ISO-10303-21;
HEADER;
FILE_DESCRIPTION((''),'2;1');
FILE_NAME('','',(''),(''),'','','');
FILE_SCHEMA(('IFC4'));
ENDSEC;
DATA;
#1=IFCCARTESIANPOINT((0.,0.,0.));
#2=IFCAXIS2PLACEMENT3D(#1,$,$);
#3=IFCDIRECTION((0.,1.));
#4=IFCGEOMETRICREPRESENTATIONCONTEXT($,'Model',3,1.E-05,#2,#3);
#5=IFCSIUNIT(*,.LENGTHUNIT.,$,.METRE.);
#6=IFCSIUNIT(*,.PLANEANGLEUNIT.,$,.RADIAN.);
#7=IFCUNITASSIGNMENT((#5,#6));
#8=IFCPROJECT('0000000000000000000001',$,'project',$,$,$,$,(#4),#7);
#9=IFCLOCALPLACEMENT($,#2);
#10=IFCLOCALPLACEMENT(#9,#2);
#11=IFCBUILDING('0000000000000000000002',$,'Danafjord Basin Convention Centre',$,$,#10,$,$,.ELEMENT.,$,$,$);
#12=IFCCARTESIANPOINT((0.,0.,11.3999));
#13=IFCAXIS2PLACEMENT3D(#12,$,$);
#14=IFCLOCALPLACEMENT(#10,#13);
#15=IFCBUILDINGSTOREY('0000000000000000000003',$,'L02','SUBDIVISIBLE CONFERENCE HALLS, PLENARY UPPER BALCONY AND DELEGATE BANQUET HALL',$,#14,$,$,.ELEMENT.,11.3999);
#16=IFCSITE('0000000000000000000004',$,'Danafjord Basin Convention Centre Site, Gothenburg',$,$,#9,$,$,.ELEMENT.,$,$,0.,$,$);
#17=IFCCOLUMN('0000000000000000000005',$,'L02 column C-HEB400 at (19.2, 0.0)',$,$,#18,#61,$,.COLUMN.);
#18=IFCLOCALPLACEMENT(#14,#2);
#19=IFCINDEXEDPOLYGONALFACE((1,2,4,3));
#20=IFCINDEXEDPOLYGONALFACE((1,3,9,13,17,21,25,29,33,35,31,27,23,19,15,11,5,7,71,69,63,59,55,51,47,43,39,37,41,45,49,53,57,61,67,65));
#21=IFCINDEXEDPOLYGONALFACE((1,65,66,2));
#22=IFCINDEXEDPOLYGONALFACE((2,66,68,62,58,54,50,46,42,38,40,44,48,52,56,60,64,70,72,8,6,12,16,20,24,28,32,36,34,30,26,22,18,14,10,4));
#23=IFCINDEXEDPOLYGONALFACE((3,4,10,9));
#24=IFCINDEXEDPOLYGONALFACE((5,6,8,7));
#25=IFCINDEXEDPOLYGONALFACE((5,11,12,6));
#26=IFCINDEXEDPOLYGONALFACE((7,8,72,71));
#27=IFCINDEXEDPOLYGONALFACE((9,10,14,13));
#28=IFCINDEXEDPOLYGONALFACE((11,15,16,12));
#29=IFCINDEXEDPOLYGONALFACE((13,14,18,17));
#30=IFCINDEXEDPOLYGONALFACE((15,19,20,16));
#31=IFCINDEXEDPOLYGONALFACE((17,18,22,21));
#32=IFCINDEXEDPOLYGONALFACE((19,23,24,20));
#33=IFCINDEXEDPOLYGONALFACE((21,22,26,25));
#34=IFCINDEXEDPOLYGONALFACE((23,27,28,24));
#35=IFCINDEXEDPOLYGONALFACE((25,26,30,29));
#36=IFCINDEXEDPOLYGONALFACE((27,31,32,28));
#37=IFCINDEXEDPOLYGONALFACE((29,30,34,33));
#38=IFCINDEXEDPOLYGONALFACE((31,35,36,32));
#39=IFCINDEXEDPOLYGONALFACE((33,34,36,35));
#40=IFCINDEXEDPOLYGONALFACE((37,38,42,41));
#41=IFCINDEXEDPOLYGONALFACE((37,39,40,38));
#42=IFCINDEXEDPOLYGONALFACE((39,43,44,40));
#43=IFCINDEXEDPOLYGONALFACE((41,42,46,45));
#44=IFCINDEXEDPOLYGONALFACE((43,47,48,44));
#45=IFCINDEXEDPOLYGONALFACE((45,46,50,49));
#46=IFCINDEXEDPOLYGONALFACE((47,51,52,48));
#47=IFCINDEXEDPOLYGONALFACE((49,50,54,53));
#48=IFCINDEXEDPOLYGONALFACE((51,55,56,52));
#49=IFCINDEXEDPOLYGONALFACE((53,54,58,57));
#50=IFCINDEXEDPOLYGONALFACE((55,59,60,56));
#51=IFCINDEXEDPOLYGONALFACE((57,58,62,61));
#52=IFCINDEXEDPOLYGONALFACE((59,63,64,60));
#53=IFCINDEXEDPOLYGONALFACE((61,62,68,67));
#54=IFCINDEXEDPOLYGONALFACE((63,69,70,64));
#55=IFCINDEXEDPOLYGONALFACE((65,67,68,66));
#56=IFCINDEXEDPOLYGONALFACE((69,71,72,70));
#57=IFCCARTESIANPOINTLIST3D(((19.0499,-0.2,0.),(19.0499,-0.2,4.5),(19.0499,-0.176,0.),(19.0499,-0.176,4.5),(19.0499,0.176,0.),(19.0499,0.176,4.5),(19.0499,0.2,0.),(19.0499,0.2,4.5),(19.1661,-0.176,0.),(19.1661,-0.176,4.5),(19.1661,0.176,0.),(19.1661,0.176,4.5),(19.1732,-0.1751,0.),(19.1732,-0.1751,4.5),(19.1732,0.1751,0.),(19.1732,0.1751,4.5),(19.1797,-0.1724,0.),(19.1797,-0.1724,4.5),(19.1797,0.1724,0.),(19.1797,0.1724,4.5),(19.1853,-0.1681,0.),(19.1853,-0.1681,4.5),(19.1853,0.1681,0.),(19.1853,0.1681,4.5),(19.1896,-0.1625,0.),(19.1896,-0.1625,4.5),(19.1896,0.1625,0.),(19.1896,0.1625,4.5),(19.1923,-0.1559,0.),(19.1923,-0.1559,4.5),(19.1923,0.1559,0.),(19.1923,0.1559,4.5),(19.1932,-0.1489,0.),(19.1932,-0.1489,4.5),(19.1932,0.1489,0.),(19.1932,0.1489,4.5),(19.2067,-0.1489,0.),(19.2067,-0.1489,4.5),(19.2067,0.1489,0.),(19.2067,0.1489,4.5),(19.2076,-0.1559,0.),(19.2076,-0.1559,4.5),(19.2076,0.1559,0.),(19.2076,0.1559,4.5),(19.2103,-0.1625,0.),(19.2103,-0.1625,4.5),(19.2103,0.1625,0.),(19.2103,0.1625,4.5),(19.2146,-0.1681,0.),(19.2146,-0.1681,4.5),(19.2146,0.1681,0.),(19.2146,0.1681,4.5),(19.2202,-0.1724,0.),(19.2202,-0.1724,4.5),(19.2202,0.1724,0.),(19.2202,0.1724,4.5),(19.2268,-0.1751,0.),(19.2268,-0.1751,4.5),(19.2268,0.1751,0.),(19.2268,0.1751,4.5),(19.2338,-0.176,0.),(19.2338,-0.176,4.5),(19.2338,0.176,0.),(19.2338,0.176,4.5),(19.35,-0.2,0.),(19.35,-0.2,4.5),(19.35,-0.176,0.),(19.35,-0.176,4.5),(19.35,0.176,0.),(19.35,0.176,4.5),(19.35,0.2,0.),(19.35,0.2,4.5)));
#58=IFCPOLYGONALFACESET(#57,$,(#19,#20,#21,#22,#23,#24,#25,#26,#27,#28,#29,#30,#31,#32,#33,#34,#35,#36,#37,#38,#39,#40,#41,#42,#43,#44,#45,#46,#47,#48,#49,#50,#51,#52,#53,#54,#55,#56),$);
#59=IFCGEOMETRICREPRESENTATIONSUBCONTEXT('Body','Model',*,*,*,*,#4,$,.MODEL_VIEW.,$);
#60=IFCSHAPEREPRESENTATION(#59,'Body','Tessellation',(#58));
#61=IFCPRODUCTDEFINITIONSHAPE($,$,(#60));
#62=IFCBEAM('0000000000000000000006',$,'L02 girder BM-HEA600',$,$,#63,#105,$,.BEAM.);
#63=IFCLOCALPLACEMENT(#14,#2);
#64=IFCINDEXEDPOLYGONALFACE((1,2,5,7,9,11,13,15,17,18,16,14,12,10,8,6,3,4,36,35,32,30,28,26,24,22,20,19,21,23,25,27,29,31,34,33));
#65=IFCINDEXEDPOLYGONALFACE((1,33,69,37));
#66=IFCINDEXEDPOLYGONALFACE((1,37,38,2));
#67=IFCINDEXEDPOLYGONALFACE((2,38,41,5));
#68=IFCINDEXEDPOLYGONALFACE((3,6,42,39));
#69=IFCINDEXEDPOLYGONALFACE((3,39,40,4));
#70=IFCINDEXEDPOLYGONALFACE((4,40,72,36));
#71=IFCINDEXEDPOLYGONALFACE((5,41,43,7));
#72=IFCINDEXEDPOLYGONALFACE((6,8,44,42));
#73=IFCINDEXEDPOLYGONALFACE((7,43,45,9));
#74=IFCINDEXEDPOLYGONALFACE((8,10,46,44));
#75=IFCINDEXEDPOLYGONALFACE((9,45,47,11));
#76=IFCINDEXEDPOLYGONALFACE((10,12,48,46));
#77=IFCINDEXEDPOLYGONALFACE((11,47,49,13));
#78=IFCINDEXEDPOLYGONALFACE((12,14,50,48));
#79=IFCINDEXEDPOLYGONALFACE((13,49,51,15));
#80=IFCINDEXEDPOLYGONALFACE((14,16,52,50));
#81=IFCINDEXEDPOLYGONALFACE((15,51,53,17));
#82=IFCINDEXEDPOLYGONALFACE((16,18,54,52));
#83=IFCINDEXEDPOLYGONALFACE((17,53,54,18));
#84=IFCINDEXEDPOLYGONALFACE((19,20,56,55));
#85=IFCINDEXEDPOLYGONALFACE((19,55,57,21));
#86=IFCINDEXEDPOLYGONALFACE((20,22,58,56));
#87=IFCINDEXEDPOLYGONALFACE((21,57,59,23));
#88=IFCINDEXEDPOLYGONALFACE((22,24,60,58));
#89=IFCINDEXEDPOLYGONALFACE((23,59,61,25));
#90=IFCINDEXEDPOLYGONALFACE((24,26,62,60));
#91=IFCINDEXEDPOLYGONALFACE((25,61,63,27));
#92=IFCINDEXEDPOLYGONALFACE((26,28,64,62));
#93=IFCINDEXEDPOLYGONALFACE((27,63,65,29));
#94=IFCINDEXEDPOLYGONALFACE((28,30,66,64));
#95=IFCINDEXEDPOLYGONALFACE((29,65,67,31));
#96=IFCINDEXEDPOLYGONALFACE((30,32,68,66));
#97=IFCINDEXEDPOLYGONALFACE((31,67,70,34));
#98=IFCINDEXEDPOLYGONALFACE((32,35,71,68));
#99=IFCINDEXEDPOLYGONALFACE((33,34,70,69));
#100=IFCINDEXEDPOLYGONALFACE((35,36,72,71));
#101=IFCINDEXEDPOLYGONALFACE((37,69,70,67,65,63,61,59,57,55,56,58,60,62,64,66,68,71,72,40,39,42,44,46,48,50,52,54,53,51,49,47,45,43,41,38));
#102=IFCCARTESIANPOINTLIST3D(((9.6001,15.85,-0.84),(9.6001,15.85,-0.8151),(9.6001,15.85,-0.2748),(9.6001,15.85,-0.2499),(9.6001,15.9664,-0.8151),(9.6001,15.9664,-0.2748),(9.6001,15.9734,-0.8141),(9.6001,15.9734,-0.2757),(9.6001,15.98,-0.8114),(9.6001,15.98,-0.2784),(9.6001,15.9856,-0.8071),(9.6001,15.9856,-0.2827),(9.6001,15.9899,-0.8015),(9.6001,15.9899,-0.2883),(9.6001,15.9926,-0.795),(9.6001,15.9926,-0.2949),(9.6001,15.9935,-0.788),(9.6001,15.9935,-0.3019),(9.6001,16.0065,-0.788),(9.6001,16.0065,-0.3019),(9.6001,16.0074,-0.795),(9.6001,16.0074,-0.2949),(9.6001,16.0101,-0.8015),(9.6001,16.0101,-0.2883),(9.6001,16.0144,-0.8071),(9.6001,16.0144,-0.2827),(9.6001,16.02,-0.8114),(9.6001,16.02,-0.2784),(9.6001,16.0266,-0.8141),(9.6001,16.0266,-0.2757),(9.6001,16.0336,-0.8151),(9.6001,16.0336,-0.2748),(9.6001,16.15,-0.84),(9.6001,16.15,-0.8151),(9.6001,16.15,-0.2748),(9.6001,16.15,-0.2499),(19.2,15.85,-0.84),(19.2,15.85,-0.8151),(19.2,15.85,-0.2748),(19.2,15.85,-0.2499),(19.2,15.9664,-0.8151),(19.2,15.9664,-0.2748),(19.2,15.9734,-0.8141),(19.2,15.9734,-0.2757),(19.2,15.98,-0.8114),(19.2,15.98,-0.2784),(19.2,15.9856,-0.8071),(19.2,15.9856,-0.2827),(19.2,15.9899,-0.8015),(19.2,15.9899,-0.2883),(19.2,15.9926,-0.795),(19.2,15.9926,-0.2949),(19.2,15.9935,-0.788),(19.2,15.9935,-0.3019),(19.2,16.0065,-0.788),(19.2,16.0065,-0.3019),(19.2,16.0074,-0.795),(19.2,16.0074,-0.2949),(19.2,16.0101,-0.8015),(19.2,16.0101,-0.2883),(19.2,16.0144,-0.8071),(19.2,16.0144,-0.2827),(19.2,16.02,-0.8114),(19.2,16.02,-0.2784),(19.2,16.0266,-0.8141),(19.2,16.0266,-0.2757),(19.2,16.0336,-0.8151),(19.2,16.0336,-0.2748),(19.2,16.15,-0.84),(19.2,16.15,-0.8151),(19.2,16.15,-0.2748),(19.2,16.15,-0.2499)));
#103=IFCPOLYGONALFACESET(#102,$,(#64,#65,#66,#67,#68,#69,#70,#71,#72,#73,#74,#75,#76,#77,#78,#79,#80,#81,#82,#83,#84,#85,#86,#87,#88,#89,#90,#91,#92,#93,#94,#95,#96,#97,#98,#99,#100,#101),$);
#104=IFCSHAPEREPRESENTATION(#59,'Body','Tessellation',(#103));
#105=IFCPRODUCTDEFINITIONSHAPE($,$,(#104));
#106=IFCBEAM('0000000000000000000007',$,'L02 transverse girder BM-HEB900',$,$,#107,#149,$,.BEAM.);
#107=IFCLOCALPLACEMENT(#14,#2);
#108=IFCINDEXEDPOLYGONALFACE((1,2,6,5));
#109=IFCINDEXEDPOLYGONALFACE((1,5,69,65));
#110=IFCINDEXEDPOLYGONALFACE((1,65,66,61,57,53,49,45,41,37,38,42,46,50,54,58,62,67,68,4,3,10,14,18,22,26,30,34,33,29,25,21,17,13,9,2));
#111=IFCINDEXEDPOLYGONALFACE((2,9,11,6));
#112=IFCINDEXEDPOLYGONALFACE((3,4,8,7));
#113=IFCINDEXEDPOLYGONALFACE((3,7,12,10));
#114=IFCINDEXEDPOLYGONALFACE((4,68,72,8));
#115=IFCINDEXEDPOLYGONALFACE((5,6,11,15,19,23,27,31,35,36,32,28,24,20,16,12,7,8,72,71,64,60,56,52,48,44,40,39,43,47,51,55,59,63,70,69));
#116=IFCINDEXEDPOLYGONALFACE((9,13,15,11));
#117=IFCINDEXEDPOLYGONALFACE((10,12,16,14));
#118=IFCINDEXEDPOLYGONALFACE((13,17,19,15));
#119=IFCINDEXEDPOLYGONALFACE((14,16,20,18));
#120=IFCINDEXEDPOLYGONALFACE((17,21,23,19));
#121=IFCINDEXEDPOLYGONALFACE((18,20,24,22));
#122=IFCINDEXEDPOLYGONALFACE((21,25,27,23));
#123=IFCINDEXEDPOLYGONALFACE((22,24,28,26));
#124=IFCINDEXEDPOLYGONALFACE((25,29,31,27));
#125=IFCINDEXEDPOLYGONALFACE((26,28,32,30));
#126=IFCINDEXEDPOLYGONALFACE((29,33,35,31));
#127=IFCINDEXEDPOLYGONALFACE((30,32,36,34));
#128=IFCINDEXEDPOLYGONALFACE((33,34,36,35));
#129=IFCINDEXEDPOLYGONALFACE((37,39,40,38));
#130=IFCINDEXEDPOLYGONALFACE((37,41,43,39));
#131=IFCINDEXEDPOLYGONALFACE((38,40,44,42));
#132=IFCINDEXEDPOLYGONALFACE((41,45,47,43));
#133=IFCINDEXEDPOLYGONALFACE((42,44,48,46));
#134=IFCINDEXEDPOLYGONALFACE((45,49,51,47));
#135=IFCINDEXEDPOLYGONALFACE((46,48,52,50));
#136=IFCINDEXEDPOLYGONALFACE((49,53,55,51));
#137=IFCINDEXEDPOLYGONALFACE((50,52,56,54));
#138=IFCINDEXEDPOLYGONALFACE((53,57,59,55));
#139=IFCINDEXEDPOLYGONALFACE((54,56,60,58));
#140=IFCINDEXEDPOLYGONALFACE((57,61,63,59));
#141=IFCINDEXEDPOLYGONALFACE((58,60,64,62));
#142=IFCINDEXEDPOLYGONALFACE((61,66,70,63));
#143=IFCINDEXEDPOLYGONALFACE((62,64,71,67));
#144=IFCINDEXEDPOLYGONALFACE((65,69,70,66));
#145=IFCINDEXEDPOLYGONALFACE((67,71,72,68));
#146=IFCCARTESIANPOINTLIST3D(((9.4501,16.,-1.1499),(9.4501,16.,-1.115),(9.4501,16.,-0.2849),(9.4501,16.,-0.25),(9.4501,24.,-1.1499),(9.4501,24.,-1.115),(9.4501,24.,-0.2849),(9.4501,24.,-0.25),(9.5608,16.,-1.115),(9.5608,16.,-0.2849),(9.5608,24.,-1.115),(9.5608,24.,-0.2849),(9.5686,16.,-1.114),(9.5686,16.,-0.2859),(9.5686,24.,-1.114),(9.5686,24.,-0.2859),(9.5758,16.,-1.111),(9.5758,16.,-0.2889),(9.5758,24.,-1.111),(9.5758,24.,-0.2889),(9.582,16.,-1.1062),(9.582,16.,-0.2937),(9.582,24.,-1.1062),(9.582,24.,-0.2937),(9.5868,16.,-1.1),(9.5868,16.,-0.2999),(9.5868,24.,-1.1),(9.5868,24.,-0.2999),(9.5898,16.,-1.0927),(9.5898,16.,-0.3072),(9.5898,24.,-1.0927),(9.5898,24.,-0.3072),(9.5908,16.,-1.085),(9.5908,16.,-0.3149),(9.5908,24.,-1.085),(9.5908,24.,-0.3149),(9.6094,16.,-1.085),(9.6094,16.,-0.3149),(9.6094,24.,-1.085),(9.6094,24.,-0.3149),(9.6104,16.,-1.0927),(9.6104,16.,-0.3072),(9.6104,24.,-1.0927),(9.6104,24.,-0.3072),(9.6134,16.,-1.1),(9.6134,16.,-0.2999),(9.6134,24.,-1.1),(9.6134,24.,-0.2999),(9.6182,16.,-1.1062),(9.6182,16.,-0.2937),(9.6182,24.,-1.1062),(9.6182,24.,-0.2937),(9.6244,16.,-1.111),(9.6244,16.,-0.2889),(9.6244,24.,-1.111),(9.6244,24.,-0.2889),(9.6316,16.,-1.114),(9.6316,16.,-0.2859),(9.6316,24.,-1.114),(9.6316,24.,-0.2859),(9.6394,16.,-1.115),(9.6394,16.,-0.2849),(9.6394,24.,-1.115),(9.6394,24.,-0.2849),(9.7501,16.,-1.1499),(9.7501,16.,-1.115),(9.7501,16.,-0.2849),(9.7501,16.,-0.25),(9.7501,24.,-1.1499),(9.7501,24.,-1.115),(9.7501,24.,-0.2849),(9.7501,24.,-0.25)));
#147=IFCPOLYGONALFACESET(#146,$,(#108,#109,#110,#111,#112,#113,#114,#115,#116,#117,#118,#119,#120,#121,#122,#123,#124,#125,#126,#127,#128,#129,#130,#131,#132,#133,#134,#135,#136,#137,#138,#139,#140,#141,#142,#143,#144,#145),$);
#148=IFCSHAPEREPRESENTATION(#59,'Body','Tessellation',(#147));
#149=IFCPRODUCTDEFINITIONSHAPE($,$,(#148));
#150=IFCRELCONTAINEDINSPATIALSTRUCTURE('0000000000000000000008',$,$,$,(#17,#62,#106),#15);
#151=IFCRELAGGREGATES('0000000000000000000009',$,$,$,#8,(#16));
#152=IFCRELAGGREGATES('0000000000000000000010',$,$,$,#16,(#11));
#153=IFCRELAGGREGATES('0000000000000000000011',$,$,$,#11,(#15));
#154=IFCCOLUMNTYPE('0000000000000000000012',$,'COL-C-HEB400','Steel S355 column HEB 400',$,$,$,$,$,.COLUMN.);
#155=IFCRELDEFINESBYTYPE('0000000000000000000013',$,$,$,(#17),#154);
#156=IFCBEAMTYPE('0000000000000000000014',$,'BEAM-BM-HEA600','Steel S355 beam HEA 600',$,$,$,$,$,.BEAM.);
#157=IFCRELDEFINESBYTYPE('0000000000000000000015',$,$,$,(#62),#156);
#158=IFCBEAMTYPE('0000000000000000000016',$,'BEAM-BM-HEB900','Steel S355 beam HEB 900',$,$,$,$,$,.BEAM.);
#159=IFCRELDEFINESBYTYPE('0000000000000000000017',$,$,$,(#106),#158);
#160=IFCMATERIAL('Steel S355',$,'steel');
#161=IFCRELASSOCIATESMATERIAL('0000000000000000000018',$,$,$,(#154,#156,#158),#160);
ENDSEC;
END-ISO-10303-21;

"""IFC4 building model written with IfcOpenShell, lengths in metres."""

from ifc_helpers import new_model, si_unit, direction, frame, origin, origin_2d, place, context, subcontext, project, spatial, i_section, extrude, material, material_profile, profile_set, type_object, element, save


model = new_model("IFC4")

# Units and contexts
model_context = context("Model", 3, precision=1e-05, world=origin(), true_north=direction((0.0, 1.0)))
body_context = subcontext(model_context, "Body", "Model", "MODEL_VIEW")
ifc_project = project(units=[si_unit("LENGTHUNIT", "METRE"), si_unit("PLANEANGLEUNIT", "RADIAN")], contexts=[model_context])

# Site, building, storey
site_placement = place(None, origin())
site = spatial("IfcSite", under=ifc_project, at=site_placement, Name="Danafjord Basin Convention Centre Site, Gothenburg", CompositionType="ELEMENT", RefElevation=0.0)
building_placement = place(site_placement, origin())
building = spatial("IfcBuilding", under=site, at=building_placement, Name="Danafjord Basin Convention Centre", CompositionType="ELEMENT")
storey_placement = place(building_placement, frame((0.0, 0.0, 11.3999)))
storey = spatial("IfcBuildingStorey", under=building, at=storey_placement, Name="L02", Description="SUBDIVISIBLE CONFERENCE HALLS, PLENARY UPPER BALCONY AND DELEGATE BANQUET HALL", CompositionType="ELEMENT", Elevation=11.3999)

# Column
ifc_material_1 = material(Name="Steel S355", Category="steel")
ifc_material_profile_1 = material_profile(ifc_material_1, i_section(OverallWidth=0.3, OverallDepth=0.3999, WebThickness=0.0134, FlangeThickness=0.0239, FilletRadius=0.0271, at=origin_2d()), Name="HEB 400")
ifc_profile_set_1 = profile_set([ifc_material_profile_1], Name="Steel S355")
column_type = type_object("IfcColumnType", Name="COL-C-HEB400", Description="Steel S355 column HEB 400", PredefinedType="COLUMN", material=ifc_profile_set_1)
column_placement = place(storey_placement, frame((19.2, 0.0, 0.0), z_axis=(0.0, 0.0, 1.0), x_axis=(1.0, 0.0, 0.0)))
element("IfcColumn", 1, at=column_placement, inside=storey, type_object=column_type, Name="L02 column C-HEB400 at (19.2, 0.0)", PredefinedType="COLUMN", context=body_context, shape_type="SweptSolid", body=[
    extrude(i_section(OverallWidth=0.3, OverallDepth=0.3999, WebThickness=0.0134, FlangeThickness=0.0239, FilletRadius=0.0271, at=origin_2d()), origin(), (0.0, 0.0, 1.0), 4.5),
])

# Beams
ifc_material_profile_2 = material_profile(ifc_material_1, i_section(OverallWidth=0.3, OverallDepth=0.5901, WebThickness=0.0129, FlangeThickness=0.0249, FilletRadius=0.0271, at=origin_2d()), Name="HEA 600")
ifc_profile_set_2 = profile_set([ifc_material_profile_2], Name="Steel S355")
beam_type_1 = type_object("IfcBeamType", Name="BEAM-BM-HEA600", Description="Steel S355 beam HEA 600", PredefinedType="BEAM", material=ifc_profile_set_2)
beam_1_placement = place(storey_placement, frame((9.6001, 16.0, -0.5449), z_axis=(1.0, 0.0, 0.0), x_axis=(0.0, 1.0, 0.0)))
element("IfcBeam", 2, at=beam_1_placement, inside=storey, type_object=beam_type_1, Name="L02 girder BM-HEA600", PredefinedType="BEAM", context=body_context, shape_type="SweptSolid", body=[
    extrude(i_section(OverallWidth=0.3, OverallDepth=0.5901, WebThickness=0.0129, FlangeThickness=0.0249, FilletRadius=0.0271, at=origin_2d()), origin(), (0.0, 0.0, 1.0), 9.5999),
])
ifc_material_profile_3 = material_profile(ifc_material_1, i_section(OverallWidth=0.3, OverallDepth=0.8999, WebThickness=0.0186, FlangeThickness=0.0349, FilletRadius=0.03, at=origin_2d()), Name="HEB 900")
ifc_profile_set_3 = profile_set([ifc_material_profile_3], Name="Steel S355")
beam_type_2 = type_object("IfcBeamType", Name="BEAM-BM-HEB900", Description="Steel S355 beam HEB 900", PredefinedType="BEAM", material=ifc_profile_set_3)
beam_2_placement = place(storey_placement, frame((9.6001, 16.0, -0.7), z_axis=(0.0, 1.0, 0.0), x_axis=(-1.0, 0.0, 0.0)))
element("IfcBeam", 3, at=beam_2_placement, inside=storey, type_object=beam_type_2, Name="L02 transverse girder BM-HEB900", PredefinedType="BEAM", context=body_context, shape_type="SweptSolid", body=[
    extrude(i_section(OverallWidth=0.3, OverallDepth=0.8999, WebThickness=0.0186, FlangeThickness=0.0349, FilletRadius=0.03, at=origin_2d()), origin(), (0.0, 0.0, 1.0), 8.0),
])

save(model, "model.ifc")
